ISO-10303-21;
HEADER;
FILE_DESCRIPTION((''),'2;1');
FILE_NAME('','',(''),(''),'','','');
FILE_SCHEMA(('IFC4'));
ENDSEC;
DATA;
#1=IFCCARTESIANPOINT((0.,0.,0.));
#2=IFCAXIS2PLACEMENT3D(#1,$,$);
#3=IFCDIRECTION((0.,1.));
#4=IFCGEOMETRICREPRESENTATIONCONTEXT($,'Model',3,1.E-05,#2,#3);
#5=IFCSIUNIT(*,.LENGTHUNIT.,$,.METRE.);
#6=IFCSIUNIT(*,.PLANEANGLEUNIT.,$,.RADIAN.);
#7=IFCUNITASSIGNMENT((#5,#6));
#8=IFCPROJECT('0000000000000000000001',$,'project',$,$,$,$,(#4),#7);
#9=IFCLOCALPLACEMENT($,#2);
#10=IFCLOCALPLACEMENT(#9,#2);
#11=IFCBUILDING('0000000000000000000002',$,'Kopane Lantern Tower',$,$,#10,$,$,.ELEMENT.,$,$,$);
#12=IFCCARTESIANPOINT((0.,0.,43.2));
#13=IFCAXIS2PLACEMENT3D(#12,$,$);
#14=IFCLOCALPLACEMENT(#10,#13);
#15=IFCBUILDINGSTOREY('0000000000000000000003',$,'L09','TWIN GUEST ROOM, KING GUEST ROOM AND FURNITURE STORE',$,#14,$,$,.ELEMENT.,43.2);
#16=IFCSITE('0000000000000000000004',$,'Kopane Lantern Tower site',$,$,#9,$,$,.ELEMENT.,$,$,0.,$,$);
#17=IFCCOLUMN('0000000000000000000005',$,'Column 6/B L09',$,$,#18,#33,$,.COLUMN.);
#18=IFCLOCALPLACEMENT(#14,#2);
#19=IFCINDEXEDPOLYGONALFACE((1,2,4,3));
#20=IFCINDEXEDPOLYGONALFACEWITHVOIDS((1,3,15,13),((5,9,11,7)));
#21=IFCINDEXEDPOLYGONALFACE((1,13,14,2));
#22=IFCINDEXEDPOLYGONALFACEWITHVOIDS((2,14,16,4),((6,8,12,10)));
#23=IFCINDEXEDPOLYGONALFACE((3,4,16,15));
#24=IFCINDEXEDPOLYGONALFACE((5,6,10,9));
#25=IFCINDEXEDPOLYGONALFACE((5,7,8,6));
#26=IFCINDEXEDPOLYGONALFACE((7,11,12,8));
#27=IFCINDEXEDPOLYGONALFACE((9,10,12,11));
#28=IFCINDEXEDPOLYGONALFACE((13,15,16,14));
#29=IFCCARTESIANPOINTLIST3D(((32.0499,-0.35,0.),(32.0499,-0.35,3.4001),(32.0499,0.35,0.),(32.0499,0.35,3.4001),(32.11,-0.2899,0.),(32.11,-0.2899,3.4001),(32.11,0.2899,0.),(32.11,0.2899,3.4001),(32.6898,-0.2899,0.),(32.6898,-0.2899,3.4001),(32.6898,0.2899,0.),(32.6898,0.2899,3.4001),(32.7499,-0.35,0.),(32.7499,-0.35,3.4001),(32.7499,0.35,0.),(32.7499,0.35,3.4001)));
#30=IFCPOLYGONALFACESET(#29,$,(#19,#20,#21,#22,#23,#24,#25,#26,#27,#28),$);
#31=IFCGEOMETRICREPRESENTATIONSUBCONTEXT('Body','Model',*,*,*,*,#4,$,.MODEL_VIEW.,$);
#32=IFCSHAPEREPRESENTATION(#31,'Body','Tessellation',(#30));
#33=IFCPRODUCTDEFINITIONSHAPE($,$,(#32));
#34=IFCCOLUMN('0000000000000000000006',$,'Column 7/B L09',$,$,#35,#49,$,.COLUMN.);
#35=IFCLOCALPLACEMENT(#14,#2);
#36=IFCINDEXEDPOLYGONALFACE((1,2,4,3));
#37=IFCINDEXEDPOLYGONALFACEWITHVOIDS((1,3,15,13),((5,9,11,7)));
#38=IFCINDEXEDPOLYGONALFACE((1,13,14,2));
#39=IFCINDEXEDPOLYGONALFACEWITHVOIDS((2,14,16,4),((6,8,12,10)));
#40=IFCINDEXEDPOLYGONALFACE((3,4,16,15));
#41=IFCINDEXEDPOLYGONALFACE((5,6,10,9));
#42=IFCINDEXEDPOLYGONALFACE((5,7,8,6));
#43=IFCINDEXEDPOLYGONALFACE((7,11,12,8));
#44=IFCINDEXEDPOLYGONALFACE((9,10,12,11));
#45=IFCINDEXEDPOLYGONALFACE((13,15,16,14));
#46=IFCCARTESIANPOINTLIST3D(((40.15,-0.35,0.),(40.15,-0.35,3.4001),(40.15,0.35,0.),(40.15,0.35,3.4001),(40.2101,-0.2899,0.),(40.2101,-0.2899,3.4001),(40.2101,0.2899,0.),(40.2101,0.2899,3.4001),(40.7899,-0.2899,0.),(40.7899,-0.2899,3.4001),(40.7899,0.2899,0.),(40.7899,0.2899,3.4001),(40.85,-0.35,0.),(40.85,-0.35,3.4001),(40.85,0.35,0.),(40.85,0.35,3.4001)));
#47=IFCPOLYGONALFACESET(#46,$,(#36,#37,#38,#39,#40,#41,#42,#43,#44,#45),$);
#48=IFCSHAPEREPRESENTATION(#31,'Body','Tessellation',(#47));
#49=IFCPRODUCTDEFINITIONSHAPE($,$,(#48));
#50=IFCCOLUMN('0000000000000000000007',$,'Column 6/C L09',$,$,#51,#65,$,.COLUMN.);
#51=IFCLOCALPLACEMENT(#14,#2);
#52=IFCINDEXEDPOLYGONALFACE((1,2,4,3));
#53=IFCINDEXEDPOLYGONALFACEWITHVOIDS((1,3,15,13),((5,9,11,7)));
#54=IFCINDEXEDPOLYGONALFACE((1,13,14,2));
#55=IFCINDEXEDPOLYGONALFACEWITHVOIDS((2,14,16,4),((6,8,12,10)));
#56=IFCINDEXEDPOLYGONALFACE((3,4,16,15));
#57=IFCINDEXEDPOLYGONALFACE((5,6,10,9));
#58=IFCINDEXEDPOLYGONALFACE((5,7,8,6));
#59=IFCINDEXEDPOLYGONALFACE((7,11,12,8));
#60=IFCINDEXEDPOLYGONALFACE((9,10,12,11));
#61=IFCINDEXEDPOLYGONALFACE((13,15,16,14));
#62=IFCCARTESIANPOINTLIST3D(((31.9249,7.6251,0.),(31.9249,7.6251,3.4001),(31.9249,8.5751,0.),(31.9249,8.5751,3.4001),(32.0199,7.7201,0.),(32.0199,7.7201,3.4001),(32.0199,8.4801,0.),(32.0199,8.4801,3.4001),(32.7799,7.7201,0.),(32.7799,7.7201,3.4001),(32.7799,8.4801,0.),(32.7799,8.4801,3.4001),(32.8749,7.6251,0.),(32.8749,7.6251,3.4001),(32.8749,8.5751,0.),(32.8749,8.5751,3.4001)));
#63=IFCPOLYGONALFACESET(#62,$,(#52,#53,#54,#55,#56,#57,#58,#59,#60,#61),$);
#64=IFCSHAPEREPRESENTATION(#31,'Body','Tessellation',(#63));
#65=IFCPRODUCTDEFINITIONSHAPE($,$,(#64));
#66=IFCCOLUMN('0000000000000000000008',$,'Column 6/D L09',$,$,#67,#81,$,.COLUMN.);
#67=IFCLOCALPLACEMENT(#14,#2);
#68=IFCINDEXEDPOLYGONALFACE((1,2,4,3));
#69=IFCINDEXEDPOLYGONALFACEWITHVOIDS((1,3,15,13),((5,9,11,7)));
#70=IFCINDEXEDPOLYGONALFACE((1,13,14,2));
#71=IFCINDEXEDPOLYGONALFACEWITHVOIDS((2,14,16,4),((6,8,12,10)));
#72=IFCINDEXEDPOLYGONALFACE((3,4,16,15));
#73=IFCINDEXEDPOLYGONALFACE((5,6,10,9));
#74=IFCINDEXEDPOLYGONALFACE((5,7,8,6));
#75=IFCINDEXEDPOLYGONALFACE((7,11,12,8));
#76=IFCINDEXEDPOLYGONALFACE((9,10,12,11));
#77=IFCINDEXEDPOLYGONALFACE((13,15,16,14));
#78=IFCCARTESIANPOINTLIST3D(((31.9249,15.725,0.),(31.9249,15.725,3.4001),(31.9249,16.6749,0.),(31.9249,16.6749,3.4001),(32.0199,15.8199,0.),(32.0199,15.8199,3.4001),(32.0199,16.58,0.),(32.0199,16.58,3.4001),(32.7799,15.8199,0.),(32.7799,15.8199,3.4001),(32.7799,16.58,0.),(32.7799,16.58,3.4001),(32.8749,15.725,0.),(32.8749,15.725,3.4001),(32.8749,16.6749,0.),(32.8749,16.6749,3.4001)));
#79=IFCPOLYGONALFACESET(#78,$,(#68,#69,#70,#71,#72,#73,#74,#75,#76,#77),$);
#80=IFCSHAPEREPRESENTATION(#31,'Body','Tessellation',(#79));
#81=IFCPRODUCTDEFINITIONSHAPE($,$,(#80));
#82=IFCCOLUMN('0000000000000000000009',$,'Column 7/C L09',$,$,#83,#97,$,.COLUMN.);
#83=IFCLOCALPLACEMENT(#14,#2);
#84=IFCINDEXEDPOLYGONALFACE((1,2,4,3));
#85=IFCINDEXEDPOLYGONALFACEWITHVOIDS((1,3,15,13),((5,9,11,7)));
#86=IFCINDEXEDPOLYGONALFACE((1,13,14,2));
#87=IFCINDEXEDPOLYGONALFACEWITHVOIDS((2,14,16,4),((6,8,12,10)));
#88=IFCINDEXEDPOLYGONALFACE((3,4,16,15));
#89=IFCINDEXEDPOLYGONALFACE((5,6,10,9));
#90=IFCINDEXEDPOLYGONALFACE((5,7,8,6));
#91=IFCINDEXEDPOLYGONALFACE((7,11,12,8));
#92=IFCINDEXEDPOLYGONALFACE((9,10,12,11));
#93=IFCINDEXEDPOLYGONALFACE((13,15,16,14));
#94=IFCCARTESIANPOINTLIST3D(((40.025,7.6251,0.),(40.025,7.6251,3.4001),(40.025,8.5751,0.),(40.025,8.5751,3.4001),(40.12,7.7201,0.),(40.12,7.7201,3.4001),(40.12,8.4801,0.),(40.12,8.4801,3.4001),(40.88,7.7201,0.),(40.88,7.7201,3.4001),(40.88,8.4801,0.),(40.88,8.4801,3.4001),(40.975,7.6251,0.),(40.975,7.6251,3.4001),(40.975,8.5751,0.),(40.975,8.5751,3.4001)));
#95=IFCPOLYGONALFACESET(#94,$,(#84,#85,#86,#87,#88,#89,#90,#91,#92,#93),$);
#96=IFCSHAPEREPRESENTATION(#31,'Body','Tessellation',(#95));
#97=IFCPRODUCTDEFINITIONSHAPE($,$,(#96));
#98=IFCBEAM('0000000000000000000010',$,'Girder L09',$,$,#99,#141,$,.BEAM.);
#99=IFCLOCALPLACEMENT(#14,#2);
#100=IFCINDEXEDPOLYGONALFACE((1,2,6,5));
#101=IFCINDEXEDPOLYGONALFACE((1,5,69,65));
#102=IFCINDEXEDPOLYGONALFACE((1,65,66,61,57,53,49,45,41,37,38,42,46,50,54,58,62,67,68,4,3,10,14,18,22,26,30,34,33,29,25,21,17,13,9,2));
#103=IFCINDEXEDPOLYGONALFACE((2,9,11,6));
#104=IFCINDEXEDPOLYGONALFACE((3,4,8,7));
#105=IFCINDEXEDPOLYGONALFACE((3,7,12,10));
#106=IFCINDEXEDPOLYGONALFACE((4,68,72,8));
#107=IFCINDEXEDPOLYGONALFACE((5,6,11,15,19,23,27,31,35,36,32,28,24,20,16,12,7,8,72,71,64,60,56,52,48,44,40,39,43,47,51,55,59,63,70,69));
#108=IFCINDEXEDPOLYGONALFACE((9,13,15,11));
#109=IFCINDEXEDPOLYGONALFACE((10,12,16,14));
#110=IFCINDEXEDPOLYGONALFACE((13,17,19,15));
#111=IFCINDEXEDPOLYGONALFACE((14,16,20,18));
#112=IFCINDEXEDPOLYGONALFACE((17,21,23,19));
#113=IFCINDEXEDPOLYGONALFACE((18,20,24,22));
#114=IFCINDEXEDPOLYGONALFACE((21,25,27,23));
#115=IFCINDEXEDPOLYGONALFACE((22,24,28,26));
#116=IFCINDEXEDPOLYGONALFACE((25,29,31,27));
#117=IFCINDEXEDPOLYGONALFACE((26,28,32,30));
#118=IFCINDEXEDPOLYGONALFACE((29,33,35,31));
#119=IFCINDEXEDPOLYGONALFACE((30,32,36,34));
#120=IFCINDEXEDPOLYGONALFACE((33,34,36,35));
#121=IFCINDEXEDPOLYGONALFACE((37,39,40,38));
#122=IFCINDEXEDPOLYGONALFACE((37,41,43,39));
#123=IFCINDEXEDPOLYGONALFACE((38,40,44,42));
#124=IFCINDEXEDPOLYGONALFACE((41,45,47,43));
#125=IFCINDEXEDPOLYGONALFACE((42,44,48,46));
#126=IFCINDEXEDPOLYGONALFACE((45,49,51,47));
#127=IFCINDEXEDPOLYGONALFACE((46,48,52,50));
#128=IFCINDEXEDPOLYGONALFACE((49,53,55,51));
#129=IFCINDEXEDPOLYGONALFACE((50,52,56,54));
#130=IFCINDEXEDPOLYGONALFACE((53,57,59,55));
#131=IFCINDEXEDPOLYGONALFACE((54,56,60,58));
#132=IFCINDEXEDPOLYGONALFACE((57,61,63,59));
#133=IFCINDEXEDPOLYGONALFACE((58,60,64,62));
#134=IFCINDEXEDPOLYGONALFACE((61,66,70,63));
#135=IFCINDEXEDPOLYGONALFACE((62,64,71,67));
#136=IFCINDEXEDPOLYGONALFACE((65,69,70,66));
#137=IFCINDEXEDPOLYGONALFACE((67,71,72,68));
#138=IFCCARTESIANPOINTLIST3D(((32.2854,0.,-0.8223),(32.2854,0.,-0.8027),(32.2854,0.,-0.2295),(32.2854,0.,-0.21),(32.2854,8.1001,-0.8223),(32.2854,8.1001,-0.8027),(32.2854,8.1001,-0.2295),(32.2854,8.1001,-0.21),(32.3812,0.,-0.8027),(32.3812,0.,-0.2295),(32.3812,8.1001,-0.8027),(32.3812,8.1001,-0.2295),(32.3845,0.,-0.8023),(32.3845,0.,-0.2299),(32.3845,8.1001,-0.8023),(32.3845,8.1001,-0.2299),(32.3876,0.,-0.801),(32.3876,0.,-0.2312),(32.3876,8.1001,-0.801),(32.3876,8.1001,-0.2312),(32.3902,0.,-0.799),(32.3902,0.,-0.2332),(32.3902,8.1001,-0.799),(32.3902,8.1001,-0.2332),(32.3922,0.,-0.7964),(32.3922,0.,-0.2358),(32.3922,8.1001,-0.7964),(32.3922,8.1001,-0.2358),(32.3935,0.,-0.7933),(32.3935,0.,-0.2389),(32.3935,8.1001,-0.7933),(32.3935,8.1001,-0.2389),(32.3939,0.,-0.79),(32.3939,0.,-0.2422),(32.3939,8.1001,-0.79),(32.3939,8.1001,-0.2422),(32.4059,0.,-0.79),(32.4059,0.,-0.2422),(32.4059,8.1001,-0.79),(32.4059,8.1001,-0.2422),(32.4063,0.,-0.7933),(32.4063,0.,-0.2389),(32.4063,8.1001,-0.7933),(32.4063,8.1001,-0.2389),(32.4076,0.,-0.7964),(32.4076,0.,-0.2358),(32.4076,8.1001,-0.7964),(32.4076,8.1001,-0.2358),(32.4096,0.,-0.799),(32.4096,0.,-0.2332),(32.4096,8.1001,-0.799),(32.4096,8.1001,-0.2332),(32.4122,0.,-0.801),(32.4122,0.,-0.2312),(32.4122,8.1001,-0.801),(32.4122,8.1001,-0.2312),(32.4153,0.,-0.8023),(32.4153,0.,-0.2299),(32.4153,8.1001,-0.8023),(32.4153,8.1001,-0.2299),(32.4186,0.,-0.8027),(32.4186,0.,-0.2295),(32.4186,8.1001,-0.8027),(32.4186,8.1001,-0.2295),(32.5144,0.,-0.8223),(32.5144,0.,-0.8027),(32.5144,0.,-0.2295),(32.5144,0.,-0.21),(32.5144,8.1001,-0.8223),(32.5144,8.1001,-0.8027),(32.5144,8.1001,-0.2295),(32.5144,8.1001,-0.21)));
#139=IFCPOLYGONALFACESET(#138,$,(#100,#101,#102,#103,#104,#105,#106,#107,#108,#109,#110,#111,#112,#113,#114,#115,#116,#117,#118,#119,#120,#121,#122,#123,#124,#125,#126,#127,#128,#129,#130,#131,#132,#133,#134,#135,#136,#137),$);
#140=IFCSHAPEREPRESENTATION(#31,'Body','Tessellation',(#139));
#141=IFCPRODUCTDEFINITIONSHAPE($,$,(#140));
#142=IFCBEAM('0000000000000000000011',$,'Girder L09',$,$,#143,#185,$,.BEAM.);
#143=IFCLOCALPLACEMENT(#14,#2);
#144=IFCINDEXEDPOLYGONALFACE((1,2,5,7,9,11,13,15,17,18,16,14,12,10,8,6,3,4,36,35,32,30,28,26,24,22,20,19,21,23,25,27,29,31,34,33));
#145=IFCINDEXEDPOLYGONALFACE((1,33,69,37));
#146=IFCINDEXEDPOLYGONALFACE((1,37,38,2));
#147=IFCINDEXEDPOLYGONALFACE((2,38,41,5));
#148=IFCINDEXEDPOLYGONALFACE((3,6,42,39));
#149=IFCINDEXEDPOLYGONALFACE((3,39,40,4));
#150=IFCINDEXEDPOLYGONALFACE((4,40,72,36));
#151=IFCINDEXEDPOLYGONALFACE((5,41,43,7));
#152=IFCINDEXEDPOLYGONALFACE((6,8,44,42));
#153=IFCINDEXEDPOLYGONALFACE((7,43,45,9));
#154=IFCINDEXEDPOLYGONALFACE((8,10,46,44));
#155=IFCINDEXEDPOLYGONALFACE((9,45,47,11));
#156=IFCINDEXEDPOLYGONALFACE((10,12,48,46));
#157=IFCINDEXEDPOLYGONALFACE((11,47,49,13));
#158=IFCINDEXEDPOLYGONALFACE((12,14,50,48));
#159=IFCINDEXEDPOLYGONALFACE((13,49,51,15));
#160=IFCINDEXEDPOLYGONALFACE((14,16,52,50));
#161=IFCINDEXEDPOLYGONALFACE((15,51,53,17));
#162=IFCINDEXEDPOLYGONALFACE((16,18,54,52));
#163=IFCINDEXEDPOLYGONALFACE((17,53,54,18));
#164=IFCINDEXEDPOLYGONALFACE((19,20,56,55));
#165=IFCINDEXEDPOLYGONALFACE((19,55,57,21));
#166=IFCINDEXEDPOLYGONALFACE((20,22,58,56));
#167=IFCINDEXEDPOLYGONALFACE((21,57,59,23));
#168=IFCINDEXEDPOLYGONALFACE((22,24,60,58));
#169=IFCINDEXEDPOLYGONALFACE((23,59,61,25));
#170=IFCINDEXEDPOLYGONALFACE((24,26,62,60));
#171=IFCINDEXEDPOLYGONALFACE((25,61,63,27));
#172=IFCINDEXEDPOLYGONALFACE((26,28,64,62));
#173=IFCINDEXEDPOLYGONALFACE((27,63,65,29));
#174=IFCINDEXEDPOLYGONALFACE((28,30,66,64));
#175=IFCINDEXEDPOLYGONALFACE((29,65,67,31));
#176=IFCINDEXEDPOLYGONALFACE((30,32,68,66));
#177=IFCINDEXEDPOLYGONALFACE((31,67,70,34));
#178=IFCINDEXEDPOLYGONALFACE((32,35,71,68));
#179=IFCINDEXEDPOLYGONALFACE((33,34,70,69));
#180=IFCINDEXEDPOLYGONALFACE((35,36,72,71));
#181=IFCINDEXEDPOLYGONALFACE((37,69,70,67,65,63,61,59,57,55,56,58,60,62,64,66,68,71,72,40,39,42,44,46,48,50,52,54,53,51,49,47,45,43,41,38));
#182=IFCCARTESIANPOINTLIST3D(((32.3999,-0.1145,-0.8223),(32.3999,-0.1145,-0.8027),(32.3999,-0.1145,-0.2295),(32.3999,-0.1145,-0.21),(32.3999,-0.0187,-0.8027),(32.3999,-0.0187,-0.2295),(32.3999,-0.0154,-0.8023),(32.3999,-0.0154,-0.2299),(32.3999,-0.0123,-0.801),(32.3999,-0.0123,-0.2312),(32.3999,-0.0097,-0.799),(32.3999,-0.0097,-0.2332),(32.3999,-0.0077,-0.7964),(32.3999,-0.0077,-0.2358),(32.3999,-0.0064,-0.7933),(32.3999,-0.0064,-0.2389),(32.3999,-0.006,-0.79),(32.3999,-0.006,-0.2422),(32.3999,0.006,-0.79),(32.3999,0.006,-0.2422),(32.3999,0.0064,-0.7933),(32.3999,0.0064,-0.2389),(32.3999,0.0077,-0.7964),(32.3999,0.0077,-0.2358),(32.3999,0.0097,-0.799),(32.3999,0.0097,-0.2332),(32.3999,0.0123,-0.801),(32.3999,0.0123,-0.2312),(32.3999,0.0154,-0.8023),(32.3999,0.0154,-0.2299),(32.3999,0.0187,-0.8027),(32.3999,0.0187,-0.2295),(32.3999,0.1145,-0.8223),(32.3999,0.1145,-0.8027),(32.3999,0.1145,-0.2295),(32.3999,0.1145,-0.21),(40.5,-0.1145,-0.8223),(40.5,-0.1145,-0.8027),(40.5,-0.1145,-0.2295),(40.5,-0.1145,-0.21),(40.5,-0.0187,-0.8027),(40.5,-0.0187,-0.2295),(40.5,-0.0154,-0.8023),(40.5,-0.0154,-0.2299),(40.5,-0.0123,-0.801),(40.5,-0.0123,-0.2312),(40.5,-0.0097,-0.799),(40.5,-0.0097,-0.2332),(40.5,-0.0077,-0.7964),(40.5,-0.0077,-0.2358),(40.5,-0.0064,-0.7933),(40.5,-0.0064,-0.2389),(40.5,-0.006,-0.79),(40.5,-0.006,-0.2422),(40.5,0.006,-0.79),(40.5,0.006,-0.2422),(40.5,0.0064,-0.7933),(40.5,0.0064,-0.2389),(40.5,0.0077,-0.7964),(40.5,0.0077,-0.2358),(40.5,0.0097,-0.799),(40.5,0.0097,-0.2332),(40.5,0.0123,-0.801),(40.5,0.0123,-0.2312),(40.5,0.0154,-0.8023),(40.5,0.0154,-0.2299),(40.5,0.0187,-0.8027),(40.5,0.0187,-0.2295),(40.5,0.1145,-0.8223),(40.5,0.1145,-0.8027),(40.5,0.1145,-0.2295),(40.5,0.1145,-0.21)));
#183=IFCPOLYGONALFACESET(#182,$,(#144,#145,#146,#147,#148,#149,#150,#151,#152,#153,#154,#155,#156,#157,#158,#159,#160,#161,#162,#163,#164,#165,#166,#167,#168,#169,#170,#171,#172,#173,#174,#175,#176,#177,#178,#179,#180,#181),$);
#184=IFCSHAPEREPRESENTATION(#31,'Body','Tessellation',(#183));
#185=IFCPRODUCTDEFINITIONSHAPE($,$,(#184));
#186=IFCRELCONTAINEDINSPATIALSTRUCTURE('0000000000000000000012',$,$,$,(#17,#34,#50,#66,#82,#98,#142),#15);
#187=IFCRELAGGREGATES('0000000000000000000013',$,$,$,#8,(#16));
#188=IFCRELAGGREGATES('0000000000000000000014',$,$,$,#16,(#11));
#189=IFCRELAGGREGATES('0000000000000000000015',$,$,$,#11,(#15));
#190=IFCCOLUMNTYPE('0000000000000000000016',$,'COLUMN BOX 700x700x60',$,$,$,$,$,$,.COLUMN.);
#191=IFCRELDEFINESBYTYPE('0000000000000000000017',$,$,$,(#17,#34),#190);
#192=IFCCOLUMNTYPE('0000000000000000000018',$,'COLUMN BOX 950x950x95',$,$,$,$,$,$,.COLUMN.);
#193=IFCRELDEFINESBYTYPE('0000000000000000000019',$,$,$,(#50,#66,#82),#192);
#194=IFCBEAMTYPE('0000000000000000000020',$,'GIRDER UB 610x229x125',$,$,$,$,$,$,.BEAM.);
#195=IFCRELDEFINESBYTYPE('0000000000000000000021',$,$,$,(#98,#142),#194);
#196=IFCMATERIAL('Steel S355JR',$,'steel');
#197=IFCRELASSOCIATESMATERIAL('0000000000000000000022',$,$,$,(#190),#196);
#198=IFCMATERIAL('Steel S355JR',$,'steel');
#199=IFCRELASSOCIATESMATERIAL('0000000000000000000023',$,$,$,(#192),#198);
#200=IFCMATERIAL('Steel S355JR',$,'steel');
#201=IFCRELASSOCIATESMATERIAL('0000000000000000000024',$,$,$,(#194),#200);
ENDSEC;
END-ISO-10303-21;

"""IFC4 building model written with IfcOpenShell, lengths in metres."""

from ifc_helpers import new_model, si_unit, direction, frame, origin, origin_2d, place, context, subcontext, project, spatial, hollow_rectangle, i_section, extrude, material, material_profile, profile_set, type_object, element, save


model = new_model("IFC4")

# Units and contexts
model_context = context("Model", 3, precision=1e-05, world=origin(), true_north=direction((0.0, 1.0)))
body_context = subcontext(model_context, "Body", "Model", "MODEL_VIEW")
ifc_project = project(units=[si_unit("LENGTHUNIT", "METRE"), si_unit("PLANEANGLEUNIT", "RADIAN")], contexts=[model_context])

# Site, building, storey
site_placement = place(None, origin())
site = spatial("IfcSite", under=ifc_project, at=site_placement, Name="Kopane Lantern Tower site", CompositionType="ELEMENT", RefElevation=0.0)
building_placement = place(site_placement, origin())
building = spatial("IfcBuilding", under=site, at=building_placement, Name="Kopane Lantern Tower", CompositionType="ELEMENT")
storey_placement = place(building_placement, frame((0.0, 0.0, 43.2)))
storey = spatial("IfcBuildingStorey", under=building, at=storey_placement, Name="L09", Description="TWIN GUEST ROOM, KING GUEST ROOM AND FURNITURE STORE", CompositionType="ELEMENT", Elevation=43.2)

# Columns
ifc_material_1 = material(Name="Steel S355JR", Category="steel")
ifc_material_profile_1 = material_profile(ifc_material_1, hollow_rectangle(XDim=0.7, YDim=0.7, WallThickness=0.0601, at=origin_2d()), Name="BOX 700x700x60")
ifc_profile_set_1 = profile_set([ifc_material_profile_1], Name="Steel S355JR")
column_type_1 = type_object("IfcColumnType", Name="COLUMN BOX 700x700x60", PredefinedType="COLUMN", material=ifc_profile_set_1)
for number, where, z_axis, x_axis, name in (
    (1, (32.3999, 0.0, 0.0), (0.0, 0.0, 1.0), (1.0, 0.0, 0.0), "Column 6/B L09"),
    (2, (40.5, 0.0, 0.0), (0.0, 0.0, 1.0), (1.0, 0.0, 0.0), "Column 7/B L09"),
):
    element("IfcColumn", number, at=place(storey_placement, frame(where, z_axis=z_axis, x_axis=x_axis)), inside=storey, type_object=column_type_1, Name=name, PredefinedType="COLUMN", context=body_context, shape_type="SweptSolid", body=[
        extrude(hollow_rectangle(XDim=0.7, YDim=0.7, WallThickness=0.0601, at=origin_2d()), origin(), (0.0, 0.0, 1.0), 3.4001),
    ])
ifc_material_2 = material(Name="Steel S355JR", Category="steel")
ifc_material_profile_2 = material_profile(ifc_material_2, hollow_rectangle(XDim=0.95, YDim=0.95, WallThickness=0.095, at=origin_2d()), Name="BOX 950x950x95")
ifc_profile_set_2 = profile_set([ifc_material_profile_2], Name="Steel S355JR")
column_type_2 = type_object("IfcColumnType", Name="COLUMN BOX 950x950x95", PredefinedType="COLUMN", material=ifc_profile_set_2)
for number, where, z_axis, x_axis, name in (
    (3, (32.3999, 8.1001, 0.0), (0.0, 0.0, 1.0), (1.0, 0.0, 0.0), "Column 6/C L09"),
    (4, (32.3999, 16.2, 0.0), (0.0, 0.0, 1.0), (1.0, 0.0, 0.0), "Column 6/D L09"),
    (5, (40.5, 8.1001, 0.0), (0.0, 0.0, 1.0), (1.0, 0.0, 0.0), "Column 7/C L09"),
):
    element("IfcColumn", number, at=place(storey_placement, frame(where, z_axis=z_axis, x_axis=x_axis)), inside=storey, type_object=column_type_2, Name=name, PredefinedType="COLUMN", context=body_context, shape_type="SweptSolid", body=[
        extrude(hollow_rectangle(XDim=0.95, YDim=0.95, WallThickness=0.095, at=origin_2d()), origin(), (0.0, 0.0, 1.0), 3.4001),
    ])

# Beams
ifc_material_3 = material(Name="Steel S355JR", Category="steel")
ifc_material_profile_3 = material_profile(ifc_material_3, i_section(OverallWidth=0.229, OverallDepth=0.6123, WebThickness=0.012, FlangeThickness=0.0195, FilletRadius=0.0127, at=origin_2d()), Name="UB 610x229x125")
ifc_profile_set_3 = profile_set([ifc_material_profile_3], Name="Steel S355JR")
beam_type = type_object("IfcBeamType", Name="GIRDER UB 610x229x125", PredefinedType="BEAM", material=ifc_profile_set_3)
for number, where, z_axis, x_axis, name in (
    (6, (32.3999, 0.0, -0.5161), (0.0, 1.0, 0.0), (-1.0, 0.0, 0.0), "Girder L09"),
    (7, (32.3999, 0.0, -0.5161), (1.0, 0.0, 0.0), (0.0, 1.0, 0.0), "Girder L09"),
):
    element("IfcBeam", number, at=place(storey_placement, frame(where, z_axis=z_axis, x_axis=x_axis)), inside=storey, type_object=beam_type, Name=name, PredefinedType="BEAM", context=body_context, shape_type="SweptSolid", body=[
        extrude(i_section(OverallWidth=0.229, OverallDepth=0.6123, WebThickness=0.012, FlangeThickness=0.0195, FilletRadius=0.0127, at=origin_2d()), origin(), (0.0, 0.0, 1.0), 8.1001),
    ])

save(model, "model.ifc")
